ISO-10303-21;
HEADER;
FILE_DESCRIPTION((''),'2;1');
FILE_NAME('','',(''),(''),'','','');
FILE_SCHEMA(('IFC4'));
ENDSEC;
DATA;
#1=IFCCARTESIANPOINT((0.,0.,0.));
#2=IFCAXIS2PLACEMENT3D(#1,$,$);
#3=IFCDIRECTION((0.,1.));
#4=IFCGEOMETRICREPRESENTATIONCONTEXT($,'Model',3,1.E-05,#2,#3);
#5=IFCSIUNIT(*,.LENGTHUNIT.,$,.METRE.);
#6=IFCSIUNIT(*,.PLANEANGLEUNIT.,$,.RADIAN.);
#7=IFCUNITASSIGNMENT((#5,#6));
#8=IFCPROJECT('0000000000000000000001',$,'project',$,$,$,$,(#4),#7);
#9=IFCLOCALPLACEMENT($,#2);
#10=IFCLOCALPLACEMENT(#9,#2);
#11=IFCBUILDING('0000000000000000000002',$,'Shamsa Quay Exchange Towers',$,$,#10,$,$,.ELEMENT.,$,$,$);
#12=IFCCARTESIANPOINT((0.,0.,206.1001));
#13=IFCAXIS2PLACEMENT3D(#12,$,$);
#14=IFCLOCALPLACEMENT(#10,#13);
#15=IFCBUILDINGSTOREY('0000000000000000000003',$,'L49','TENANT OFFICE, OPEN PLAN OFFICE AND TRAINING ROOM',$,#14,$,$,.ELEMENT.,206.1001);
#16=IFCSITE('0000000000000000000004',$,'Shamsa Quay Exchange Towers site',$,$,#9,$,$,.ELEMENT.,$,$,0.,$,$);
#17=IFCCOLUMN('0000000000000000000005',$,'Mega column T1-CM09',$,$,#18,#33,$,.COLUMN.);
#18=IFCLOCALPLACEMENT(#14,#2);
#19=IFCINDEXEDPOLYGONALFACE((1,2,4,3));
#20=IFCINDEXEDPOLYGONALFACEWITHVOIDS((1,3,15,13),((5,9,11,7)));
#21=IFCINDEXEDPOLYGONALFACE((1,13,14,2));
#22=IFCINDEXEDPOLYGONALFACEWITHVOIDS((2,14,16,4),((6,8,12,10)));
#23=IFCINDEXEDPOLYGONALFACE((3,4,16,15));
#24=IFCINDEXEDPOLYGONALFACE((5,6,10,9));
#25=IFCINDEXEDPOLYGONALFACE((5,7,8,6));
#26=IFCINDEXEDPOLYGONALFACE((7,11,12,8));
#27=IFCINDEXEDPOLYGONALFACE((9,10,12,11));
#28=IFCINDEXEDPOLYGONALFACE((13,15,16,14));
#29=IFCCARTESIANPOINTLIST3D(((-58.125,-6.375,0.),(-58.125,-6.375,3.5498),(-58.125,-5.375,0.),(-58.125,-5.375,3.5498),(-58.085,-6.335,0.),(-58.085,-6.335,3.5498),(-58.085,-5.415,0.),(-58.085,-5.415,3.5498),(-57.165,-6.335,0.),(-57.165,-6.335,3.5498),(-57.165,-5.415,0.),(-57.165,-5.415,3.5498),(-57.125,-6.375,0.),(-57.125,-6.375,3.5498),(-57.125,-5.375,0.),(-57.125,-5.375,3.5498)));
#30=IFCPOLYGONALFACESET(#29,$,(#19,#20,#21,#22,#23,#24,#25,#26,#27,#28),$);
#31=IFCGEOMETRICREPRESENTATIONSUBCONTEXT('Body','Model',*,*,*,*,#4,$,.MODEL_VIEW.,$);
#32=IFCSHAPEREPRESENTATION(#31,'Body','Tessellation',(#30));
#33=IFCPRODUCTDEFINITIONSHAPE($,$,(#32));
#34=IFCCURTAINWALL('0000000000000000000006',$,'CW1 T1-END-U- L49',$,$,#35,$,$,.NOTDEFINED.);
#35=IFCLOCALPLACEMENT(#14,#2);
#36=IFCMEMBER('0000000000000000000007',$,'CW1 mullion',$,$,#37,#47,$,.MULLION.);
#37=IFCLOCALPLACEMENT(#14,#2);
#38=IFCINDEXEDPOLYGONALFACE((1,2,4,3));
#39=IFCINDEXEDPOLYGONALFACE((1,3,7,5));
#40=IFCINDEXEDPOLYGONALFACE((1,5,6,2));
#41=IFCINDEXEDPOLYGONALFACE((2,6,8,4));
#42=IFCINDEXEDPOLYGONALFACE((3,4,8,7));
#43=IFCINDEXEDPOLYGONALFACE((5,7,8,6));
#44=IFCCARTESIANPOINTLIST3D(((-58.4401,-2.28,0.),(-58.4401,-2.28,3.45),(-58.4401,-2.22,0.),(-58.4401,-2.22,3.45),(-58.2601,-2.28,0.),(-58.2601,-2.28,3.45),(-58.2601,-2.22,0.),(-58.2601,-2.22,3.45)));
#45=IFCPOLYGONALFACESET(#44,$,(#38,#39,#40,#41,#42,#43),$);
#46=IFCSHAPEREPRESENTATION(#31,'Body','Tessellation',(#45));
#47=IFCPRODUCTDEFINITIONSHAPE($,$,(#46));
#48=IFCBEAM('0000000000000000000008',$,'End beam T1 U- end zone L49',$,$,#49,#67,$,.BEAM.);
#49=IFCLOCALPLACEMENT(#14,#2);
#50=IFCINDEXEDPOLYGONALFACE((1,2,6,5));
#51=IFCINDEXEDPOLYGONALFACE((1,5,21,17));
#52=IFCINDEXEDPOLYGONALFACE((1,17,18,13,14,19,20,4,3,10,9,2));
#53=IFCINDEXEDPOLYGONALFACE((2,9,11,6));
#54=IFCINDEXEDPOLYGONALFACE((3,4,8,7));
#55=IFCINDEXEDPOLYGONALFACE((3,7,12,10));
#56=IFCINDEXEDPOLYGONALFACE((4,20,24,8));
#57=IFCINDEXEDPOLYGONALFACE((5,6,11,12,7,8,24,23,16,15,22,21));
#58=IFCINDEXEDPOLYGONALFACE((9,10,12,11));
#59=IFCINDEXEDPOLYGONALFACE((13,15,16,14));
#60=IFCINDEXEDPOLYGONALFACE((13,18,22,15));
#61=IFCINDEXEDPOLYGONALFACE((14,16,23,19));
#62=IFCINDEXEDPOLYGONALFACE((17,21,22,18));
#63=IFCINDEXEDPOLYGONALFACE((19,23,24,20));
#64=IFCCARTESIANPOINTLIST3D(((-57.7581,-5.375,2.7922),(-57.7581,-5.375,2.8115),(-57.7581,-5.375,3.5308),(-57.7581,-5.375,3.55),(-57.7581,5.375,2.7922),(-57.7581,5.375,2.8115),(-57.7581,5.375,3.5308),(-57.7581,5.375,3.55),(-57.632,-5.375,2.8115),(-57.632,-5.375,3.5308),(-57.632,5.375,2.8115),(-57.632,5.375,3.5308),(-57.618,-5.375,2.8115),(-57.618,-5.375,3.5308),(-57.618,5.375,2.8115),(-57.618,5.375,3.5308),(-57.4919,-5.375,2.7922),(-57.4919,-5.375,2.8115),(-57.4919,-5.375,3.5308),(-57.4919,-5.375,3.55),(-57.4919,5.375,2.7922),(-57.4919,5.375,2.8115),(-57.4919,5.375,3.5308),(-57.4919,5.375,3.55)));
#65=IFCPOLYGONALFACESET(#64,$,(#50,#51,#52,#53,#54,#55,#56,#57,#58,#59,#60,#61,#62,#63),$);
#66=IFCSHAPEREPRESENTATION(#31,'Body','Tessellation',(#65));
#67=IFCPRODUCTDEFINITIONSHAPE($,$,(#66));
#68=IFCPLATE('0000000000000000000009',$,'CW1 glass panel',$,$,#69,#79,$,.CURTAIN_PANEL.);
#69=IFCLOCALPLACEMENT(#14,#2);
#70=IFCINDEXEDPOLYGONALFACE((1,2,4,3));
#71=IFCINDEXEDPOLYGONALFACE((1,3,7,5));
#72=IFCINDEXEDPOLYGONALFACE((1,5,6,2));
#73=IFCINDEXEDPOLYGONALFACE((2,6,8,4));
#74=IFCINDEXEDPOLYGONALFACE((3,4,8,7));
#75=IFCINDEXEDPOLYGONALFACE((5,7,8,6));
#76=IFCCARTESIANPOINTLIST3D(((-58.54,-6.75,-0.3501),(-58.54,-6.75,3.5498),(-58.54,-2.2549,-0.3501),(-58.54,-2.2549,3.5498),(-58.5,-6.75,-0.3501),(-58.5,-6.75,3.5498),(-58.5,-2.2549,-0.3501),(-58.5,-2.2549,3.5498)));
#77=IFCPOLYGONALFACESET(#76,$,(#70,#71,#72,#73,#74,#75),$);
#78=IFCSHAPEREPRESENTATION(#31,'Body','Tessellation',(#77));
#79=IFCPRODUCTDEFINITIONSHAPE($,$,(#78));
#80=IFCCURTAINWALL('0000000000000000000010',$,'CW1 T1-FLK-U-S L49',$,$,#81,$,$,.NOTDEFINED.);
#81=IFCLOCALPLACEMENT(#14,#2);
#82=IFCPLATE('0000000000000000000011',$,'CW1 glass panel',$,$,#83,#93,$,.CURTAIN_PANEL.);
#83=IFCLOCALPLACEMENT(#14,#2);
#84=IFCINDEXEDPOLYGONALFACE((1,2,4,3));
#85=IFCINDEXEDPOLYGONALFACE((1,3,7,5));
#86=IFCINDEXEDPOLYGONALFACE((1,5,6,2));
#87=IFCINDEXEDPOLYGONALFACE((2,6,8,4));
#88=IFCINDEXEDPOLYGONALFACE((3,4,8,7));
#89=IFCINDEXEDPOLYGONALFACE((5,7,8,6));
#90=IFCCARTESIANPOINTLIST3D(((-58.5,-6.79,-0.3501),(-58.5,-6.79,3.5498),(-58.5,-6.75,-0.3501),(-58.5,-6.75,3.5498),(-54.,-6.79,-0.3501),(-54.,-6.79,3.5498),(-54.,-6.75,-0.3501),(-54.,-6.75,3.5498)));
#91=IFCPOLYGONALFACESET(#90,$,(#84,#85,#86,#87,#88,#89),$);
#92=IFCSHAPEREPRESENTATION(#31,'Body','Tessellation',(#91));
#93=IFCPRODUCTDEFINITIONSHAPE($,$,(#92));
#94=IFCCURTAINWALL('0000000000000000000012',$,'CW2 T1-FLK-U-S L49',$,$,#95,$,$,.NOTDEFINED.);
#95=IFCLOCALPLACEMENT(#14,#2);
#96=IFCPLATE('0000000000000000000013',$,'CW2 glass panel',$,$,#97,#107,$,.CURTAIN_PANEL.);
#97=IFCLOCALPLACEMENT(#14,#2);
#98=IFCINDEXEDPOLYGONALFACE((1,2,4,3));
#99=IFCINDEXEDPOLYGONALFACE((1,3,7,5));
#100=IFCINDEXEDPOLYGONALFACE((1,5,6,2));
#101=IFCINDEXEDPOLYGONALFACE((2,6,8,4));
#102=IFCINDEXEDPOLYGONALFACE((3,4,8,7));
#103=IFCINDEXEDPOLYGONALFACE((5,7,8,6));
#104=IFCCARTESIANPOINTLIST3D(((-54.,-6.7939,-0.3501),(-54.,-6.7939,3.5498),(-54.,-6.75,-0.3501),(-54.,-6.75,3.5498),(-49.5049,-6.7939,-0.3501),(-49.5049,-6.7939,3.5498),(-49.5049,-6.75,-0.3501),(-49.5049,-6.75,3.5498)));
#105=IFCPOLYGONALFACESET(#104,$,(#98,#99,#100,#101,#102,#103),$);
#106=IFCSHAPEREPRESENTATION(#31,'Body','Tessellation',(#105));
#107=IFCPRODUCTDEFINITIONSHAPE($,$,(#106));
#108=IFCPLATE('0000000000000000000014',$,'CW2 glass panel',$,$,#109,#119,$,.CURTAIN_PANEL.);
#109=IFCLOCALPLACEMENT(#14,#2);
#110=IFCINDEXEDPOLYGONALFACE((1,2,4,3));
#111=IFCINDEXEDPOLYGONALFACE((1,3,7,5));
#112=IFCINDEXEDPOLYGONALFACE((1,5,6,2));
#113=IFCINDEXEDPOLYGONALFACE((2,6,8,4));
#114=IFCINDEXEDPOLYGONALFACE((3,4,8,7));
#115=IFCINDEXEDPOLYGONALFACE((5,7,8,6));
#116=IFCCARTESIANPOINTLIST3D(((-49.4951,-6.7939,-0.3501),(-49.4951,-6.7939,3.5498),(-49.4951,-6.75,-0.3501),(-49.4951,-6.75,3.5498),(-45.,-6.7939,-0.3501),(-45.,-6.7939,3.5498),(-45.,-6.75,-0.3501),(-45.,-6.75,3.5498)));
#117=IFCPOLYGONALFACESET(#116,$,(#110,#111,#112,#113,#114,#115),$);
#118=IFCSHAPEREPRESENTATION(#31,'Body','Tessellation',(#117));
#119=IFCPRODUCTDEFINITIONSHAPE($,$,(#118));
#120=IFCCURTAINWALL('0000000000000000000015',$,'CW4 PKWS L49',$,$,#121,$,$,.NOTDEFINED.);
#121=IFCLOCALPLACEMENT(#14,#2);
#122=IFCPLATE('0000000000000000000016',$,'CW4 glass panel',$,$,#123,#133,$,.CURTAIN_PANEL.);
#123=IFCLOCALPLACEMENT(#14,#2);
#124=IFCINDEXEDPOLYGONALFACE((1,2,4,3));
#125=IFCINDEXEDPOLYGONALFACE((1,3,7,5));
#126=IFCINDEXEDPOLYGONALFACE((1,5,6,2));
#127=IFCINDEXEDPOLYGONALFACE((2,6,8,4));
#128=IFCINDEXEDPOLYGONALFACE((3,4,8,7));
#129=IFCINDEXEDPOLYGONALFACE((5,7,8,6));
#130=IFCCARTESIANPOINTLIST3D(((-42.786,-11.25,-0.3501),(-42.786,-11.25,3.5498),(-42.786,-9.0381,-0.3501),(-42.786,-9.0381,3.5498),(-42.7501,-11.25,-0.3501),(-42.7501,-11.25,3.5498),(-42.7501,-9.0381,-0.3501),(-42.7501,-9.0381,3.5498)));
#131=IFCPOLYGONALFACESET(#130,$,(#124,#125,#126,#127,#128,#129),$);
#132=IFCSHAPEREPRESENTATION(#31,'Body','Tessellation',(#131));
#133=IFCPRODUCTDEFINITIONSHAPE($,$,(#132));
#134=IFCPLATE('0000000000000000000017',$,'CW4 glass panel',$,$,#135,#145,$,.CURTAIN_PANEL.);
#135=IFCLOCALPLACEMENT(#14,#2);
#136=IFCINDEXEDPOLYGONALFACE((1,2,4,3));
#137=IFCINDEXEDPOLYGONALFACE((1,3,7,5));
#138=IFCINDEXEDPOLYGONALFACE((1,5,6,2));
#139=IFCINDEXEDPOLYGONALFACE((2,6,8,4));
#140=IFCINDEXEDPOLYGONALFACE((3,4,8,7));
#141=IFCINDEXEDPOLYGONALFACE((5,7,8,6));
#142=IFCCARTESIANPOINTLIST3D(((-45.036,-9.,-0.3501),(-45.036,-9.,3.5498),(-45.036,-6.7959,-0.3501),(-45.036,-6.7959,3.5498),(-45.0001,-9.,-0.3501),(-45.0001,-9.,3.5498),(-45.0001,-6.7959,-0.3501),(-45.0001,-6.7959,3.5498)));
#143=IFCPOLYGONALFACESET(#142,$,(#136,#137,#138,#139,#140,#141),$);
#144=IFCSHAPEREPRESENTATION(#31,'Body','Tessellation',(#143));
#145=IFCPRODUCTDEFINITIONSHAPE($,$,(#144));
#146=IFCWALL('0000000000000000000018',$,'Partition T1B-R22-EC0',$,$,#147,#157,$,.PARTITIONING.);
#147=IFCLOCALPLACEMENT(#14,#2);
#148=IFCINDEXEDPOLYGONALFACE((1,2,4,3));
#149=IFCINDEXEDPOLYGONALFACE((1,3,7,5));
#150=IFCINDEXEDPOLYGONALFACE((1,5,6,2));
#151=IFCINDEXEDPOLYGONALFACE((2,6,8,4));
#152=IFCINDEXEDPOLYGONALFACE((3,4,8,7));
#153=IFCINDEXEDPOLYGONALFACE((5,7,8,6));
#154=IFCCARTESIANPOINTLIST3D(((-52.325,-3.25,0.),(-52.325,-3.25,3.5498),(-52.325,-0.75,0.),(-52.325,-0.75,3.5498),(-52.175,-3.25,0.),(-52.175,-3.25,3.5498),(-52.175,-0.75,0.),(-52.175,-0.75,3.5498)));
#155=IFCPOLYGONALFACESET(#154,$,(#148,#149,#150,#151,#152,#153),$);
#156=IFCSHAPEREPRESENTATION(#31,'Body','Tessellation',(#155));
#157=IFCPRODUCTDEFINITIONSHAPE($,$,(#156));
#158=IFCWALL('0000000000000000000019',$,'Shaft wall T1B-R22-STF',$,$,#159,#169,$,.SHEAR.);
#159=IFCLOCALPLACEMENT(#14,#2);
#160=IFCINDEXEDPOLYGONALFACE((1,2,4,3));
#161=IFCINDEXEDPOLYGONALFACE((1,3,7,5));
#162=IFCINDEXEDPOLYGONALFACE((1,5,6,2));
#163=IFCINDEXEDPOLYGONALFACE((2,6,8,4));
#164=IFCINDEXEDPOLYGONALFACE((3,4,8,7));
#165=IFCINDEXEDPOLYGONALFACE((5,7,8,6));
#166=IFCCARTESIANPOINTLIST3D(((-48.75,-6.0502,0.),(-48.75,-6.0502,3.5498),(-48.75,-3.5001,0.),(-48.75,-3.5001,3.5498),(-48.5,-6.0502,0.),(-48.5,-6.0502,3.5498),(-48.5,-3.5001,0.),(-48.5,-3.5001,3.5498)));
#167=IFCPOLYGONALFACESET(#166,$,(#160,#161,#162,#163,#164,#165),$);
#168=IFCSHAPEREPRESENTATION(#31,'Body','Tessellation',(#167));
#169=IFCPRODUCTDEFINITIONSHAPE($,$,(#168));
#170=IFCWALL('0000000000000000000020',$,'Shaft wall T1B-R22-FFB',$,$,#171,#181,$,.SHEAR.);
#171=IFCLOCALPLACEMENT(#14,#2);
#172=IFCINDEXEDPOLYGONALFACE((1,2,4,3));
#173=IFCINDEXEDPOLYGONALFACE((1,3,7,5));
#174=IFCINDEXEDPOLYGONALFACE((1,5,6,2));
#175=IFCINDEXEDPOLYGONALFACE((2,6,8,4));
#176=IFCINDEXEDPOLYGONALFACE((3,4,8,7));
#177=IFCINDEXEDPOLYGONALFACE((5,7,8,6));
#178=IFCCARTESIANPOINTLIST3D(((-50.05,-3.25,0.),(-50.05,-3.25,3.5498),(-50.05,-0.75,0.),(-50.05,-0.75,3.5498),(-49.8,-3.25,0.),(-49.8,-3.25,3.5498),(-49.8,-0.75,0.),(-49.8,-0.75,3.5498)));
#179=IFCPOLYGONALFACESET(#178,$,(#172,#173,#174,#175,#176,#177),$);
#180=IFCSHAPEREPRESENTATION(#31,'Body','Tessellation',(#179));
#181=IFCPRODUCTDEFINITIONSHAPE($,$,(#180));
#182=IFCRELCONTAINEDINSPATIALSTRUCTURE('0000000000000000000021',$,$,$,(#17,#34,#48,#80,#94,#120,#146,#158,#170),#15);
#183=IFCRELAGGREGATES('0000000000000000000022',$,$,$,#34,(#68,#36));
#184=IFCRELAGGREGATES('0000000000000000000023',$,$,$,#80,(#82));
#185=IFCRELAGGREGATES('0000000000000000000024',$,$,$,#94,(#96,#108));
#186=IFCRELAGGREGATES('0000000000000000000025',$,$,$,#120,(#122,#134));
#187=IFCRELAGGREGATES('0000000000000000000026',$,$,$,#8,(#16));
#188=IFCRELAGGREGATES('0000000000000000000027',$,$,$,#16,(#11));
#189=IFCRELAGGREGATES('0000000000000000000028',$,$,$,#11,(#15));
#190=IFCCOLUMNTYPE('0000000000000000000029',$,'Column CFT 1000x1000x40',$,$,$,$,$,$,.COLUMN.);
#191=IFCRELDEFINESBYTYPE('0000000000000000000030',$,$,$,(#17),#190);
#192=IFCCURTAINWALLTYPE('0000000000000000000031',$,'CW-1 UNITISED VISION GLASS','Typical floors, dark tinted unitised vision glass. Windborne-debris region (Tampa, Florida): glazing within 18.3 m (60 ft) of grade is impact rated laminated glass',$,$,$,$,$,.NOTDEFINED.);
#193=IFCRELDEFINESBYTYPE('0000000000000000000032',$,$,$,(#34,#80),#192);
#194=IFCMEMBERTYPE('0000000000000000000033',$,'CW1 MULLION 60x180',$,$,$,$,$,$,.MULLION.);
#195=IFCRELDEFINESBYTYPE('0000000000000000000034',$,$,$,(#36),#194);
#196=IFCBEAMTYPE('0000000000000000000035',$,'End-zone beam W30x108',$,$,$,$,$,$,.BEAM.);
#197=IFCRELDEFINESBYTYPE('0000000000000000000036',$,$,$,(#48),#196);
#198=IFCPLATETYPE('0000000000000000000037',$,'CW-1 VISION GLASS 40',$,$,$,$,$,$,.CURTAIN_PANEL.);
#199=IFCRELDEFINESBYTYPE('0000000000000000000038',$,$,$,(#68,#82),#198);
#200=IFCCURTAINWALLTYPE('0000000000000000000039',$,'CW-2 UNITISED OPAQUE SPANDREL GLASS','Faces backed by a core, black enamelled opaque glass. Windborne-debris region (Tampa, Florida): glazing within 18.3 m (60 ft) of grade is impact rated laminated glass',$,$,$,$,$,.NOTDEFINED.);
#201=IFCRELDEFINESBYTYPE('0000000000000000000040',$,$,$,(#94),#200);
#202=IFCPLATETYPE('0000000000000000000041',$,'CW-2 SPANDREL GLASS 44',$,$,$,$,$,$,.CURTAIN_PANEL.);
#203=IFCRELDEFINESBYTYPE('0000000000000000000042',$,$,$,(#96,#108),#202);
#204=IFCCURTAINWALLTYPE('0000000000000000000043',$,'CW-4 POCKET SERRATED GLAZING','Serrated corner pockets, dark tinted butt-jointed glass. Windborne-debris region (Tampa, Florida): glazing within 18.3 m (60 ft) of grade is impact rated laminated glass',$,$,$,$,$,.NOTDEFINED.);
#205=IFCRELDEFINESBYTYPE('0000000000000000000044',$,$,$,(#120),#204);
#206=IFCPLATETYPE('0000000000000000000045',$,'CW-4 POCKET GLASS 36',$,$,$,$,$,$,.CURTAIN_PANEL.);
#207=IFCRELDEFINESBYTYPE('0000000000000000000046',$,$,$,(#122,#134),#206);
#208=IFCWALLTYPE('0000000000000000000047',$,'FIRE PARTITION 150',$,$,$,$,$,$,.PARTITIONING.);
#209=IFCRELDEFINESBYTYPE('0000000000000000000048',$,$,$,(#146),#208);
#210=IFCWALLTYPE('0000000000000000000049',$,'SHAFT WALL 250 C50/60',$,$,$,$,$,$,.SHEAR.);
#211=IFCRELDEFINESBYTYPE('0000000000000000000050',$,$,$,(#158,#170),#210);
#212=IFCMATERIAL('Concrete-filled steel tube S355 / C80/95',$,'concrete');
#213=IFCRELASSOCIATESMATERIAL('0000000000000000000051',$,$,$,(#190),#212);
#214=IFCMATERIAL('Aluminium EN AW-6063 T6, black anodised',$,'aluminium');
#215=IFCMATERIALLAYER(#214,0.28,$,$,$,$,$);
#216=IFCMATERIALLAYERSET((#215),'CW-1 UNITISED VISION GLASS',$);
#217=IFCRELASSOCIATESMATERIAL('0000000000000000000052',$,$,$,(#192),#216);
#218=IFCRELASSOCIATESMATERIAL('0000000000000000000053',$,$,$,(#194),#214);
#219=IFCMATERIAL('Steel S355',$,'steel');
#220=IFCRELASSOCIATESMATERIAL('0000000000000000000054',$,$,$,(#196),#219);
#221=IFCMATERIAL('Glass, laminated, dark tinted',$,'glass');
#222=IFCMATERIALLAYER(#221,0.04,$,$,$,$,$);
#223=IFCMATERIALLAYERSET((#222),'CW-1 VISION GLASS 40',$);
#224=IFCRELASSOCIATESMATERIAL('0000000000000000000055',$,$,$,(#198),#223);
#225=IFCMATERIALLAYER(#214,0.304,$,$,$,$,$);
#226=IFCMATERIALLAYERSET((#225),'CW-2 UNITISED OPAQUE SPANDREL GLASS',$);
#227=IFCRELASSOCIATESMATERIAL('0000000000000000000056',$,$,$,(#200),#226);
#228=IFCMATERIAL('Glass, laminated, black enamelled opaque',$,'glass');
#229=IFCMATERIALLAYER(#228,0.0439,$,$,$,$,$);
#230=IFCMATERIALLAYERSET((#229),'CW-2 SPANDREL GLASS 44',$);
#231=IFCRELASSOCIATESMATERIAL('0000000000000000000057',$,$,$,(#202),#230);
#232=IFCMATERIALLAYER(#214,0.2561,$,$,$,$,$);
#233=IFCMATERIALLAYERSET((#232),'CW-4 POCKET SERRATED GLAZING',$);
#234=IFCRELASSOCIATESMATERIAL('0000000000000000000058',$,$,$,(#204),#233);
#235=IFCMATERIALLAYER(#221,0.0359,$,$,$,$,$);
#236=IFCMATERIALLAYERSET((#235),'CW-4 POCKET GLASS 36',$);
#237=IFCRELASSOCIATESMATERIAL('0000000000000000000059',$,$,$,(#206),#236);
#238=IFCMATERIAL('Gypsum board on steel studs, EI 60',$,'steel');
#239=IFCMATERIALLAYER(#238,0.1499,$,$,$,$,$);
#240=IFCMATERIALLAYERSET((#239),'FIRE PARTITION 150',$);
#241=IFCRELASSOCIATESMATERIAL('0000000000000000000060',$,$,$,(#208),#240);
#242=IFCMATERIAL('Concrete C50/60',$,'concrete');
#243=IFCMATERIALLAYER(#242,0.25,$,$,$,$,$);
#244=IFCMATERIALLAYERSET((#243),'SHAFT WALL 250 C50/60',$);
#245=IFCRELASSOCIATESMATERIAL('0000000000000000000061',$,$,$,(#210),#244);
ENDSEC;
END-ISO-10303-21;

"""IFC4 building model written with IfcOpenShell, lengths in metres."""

from ifc_helpers import new_model, si_unit, direction, frame, frame_2d, origin, origin_2d, place, context, subcontext, project, spatial, rectangle, hollow_rectangle, i_section, extrude, material, layer, layer_set, material_profile, profile_set, type_object, element, aggregate, save


model = new_model("IFC4")

# Units and contexts
model_context = context("Model", 3, precision=1e-05, world=origin(), true_north=direction((0.0, 1.0)))
body_context = subcontext(model_context, "Body", "Model", "MODEL_VIEW")
ifc_project = project(units=[si_unit("LENGTHUNIT", "METRE"), si_unit("PLANEANGLEUNIT", "RADIAN")], contexts=[model_context])

# Site, building, storey
site_placement = place(None, origin())
site = spatial("IfcSite", under=ifc_project, at=site_placement, Name="Shamsa Quay Exchange Towers site", CompositionType="ELEMENT", RefElevation=0.0)
building_placement = place(site_placement, origin())
building = spatial("IfcBuilding", under=site, at=building_placement, Name="Shamsa Quay Exchange Towers", CompositionType="ELEMENT")
storey_placement = place(building_placement, frame((0.0, 0.0, 206.1001)))
storey = spatial("IfcBuildingStorey", under=building, at=storey_placement, Name="L49", Description="TENANT OFFICE, OPEN PLAN OFFICE AND TRAINING ROOM", CompositionType="ELEMENT", Elevation=206.1001)

# Column
ifc_material_1 = material(Name="Concrete-filled steel tube S355 / C80/95", Category="concrete")
ifc_material_profile_1 = material_profile(ifc_material_1, hollow_rectangle(XDim=1.0, YDim=1.0, WallThickness=0.04, at=origin_2d()), Name="CFT 1000x1000x40")
ifc_profile_set_1 = profile_set([ifc_material_profile_1], Name="Concrete-filled steel tube S355 / C80/95")
column_type = type_object("IfcColumnType", Name="Column CFT 1000x1000x40", PredefinedType="COLUMN", material=ifc_profile_set_1)
column_placement = place(storey_placement, frame((-57.625, -5.875, 0.0)))
element("IfcColumn", 1, at=column_placement, inside=storey, type_object=column_type, Name="Mega column T1-CM09", PredefinedType="COLUMN", context=body_context, shape_type="SweptSolid", body=[
    extrude(hollow_rectangle(XDim=1.0, YDim=1.0, WallThickness=0.04, at=origin_2d()), origin(), (0.0, 0.0, 1.0), 3.5498),
])

# Curtain wall, member
ifc_material_2 = material(Name="Aluminium EN AW-6063 T6, black anodised", Category="aluminium")
ifc_layer_1 = layer(ifc_material_2, 0.28)
ifc_layer_set_1 = layer_set([ifc_layer_1], Name="CW-1 UNITISED VISION GLASS")
curtain_wall_type_1 = type_object("IfcCurtainWallType", Name="CW-1 UNITISED VISION GLASS", Description="Typical floors, dark tinted unitised vision glass. Windborne-debris region (Tampa, Florida): glazing within 18.3 m (60 ft) of grade is impact rated laminated glass", PredefinedType="NOTDEFINED", material=ifc_layer_set_1)
curtain_wall_1_placement = place(storey_placement, origin())
curtain_wall_1 = element("IfcCurtainWall", 2, at=curtain_wall_1_placement, inside=storey, type_object=curtain_wall_type_1, Name="CW1 T1-END-U- L49", PredefinedType="NOTDEFINED")
ifc_material_profile_2 = material_profile(ifc_material_2, rectangle(XDim=0.1799, YDim=0.0601, at=origin_2d()), Name="MU60x180")
ifc_profile_set_2 = profile_set([ifc_material_profile_2], Name="Aluminium EN AW-6063 T6, black anodised")
member_type = type_object("IfcMemberType", Name="CW1 MULLION 60x180", PredefinedType="MULLION", material=ifc_profile_set_2)
member_placement = place(storey_placement, frame((-58.3501, -2.25, 0.0)))
member = element("IfcMember", 3, at=member_placement, type_object=member_type, Name="CW1 mullion", PredefinedType="MULLION", context=body_context, shape_type="SweptSolid", body=[
    extrude(rectangle(XDim=0.1799, YDim=0.0601, at=origin_2d()), origin(), (0.0, 0.0, 1.0), 3.45),
])

# Beam
ifc_material_3 = material(Name="Steel S355", Category="steel")
ifc_material_profile_3 = material_profile(ifc_material_3, i_section(OverallWidth=0.2661, OverallDepth=0.7578, WebThickness=0.0139, FlangeThickness=0.0193, at=origin_2d()), Name="W30x108")
ifc_profile_set_3 = profile_set([ifc_material_profile_3], Name="Steel S355")
beam_type = type_object("IfcBeamType", Name="End-zone beam W30x108", PredefinedType="BEAM", material=ifc_profile_set_3)
beam_placement = place(storey_placement, frame((-57.625, -5.375, 3.1711), z_axis=(0.0, 1.0, 0.0), x_axis=(-1.0, 0.0, 0.0)))
element("IfcBeam", 4, at=beam_placement, inside=storey, type_object=beam_type, Name="End beam T1 U- end zone L49", PredefinedType="BEAM", context=body_context, shape_type="SweptSolid", body=[
    extrude(i_section(OverallWidth=0.2661, OverallDepth=0.7578, WebThickness=0.0139, FlangeThickness=0.0193, at=origin_2d()), origin(), (0.0, 0.0, 1.0), 10.75),
])

# Plate
ifc_material_4 = material(Name="Glass, laminated, dark tinted", Category="glass")
ifc_layer_2 = layer(ifc_material_4, 0.04)
ifc_layer_set_2 = layer_set([ifc_layer_2], Name="CW-1 VISION GLASS 40")
plate_type_1 = type_object("IfcPlateType", Name="CW-1 VISION GLASS 40", PredefinedType="CURTAIN_PANEL", material=ifc_layer_set_2)
plate_1_placement = place(storey_placement, frame((-58.52, -4.5024, -0.3501), z_axis=(0.0, 0.0, 1.0), x_axis=(0.0, -1.0, 0.0)))
plate_1 = element("IfcPlate", 5, at=plate_1_placement, type_object=plate_type_1, Name="CW1 glass panel", PredefinedType="CURTAIN_PANEL", context=body_context, shape_type="SweptSolid", body=[
    extrude(rectangle(XDim=4.4951, YDim=0.04, at=origin_2d()), origin(), (0.0, 0.0, 1.0), 3.8999),
])
aggregate(curtain_wall_1, [plate_1, member])

# Curtain wall, plate
curtain_wall_2_placement = place(storey_placement, origin())
curtain_wall_2 = element("IfcCurtainWall", 6, at=curtain_wall_2_placement, inside=storey, type_object=curtain_wall_type_1, Name="CW1 T1-FLK-U-S L49", PredefinedType="NOTDEFINED")
plate_2_placement = place(storey_placement, frame((-56.25, -6.77, -0.3501)))
plate_2 = element("IfcPlate", 7, at=plate_2_placement, type_object=plate_type_1, Name="CW1 glass panel", PredefinedType="CURTAIN_PANEL", context=body_context, shape_type="SweptSolid", body=[
    extrude(rectangle(XDim=4.5, YDim=0.04, at=origin_2d()), origin(), (0.0, 0.0, 1.0), 3.8999),
])
aggregate(curtain_wall_2, [plate_2])

# Curtain walls, plates
ifc_layer_3 = layer(ifc_material_2, 0.304)
ifc_layer_set_3 = layer_set([ifc_layer_3], Name="CW-2 UNITISED OPAQUE SPANDREL GLASS")
curtain_wall_type_2 = type_object("IfcCurtainWallType", Name="CW-2 UNITISED OPAQUE SPANDREL GLASS", Description="Faces backed by a core, black enamelled opaque glass. Windborne-debris region (Tampa, Florida): glazing within 18.3 m (60 ft) of grade is impact rated laminated glass", PredefinedType="NOTDEFINED", material=ifc_layer_set_3)
curtain_wall_3_placement = place(storey_placement, origin())
curtain_wall_3 = element("IfcCurtainWall", 8, at=curtain_wall_3_placement, inside=storey, type_object=curtain_wall_type_2, Name="CW2 T1-FLK-U-S L49", PredefinedType="NOTDEFINED")
ifc_material_5 = material(Name="Glass, laminated, black enamelled opaque", Category="glass")
ifc_layer_4 = layer(ifc_material_5, 0.0439)
ifc_layer_set_4 = layer_set([ifc_layer_4], Name="CW-2 SPANDREL GLASS 44")
plate_type_2 = type_object("IfcPlateType", Name="CW-2 SPANDREL GLASS 44", PredefinedType="CURTAIN_PANEL", material=ifc_layer_set_4)
plate_3_placement = place(storey_placement, frame((-51.7524, -6.772, -0.3501)))
plate_3 = element("IfcPlate", 9, at=plate_3_placement, type_object=plate_type_2, Name="CW2 glass panel", PredefinedType="CURTAIN_PANEL", context=body_context, shape_type="SweptSolid", body=[
    extrude(rectangle(XDim=4.4951, YDim=0.0439, at=origin_2d()), origin(), (0.0, 0.0, 1.0), 3.8999),
])
plate_4_placement = place(storey_placement, frame((-47.2476, -6.772, -0.3501)))
plate_4 = element("IfcPlate", 10, at=plate_4_placement, type_object=plate_type_2, Name="CW2 glass panel", PredefinedType="CURTAIN_PANEL", context=body_context, shape_type="SweptSolid", body=[
    extrude(rectangle(XDim=4.4951, YDim=0.0439, at=origin_2d()), origin(), (0.0, 0.0, 1.0), 3.8999),
])
aggregate(curtain_wall_3, [plate_3, plate_4])
ifc_layer_5 = layer(ifc_material_2, 0.2561)
ifc_layer_set_5 = layer_set([ifc_layer_5], Name="CW-4 POCKET SERRATED GLAZING")
curtain_wall_type_3 = type_object("IfcCurtainWallType", Name="CW-4 POCKET SERRATED GLAZING", Description="Serrated corner pockets, dark tinted butt-jointed glass. Windborne-debris region (Tampa, Florida): glazing within 18.3 m (60 ft) of grade is impact rated laminated glass", PredefinedType="NOTDEFINED", material=ifc_layer_set_5)
curtain_wall_4_placement = place(storey_placement, origin())
curtain_wall_4 = element("IfcCurtainWall", 11, at=curtain_wall_4_placement, inside=storey, type_object=curtain_wall_type_3, Name="CW4 PKWS L49", PredefinedType="NOTDEFINED")
ifc_layer_6 = layer(ifc_material_4, 0.0359)
ifc_layer_set_6 = layer_set([ifc_layer_6], Name="CW-4 POCKET GLASS 36")
plate_type_3 = type_object("IfcPlateType", Name="CW-4 POCKET GLASS 36", PredefinedType="CURTAIN_PANEL", material=ifc_layer_set_6)
plate_5_placement = place(storey_placement, frame((-42.7681, -10.144, -0.3501), z_axis=(0.0, 0.0, 1.0), x_axis=(0.0, -1.0, 0.0)))
plate_5 = element("IfcPlate", 12, at=plate_5_placement, type_object=plate_type_3, Name="CW4 glass panel", PredefinedType="CURTAIN_PANEL", context=body_context, shape_type="SweptSolid", body=[
    extrude(rectangle(XDim=2.2119, YDim=0.0359, at=origin_2d()), origin(), (0.0, 0.0, 1.0), 3.8999),
])
plate_6_placement = place(storey_placement, frame((-45.0181, -7.8979, -0.3501), z_axis=(0.0, 0.0, 1.0), x_axis=(0.0, -1.0, 0.0)))
plate_6 = element("IfcPlate", 13, at=plate_6_placement, type_object=plate_type_3, Name="CW4 glass panel", PredefinedType="CURTAIN_PANEL", context=body_context, shape_type="SweptSolid", body=[
    extrude(rectangle(XDim=2.2041, YDim=0.0359, at=origin_2d()), origin(), (0.0, 0.0, 1.0), 3.8999),
])
aggregate(curtain_wall_4, [plate_5, plate_6])

# Walls
ifc_material_6 = material(Name="Gypsum board on steel studs, EI 60", Category="steel")
ifc_layer_7 = layer(ifc_material_6, 0.1499)
ifc_layer_set_7 = layer_set([ifc_layer_7], Name="FIRE PARTITION 150")
wall_type_1 = type_object("IfcWallType", Name="FIRE PARTITION 150", PredefinedType="PARTITIONING", material=ifc_layer_set_7)
wall_1_placement = place(storey_placement, frame((-52.25, -3.25, 0.0), z_axis=(0.0, 0.0, 1.0), x_axis=(0.0, 1.0, 0.0)))
element("IfcWall", 14, at=wall_1_placement, inside=storey, type_object=wall_type_1, Name="Partition T1B-R22-EC0", PredefinedType="PARTITIONING", context=body_context, shape_type="SweptSolid", body=[
    extrude(rectangle(XDim=2.5, YDim=0.1499, at=frame_2d((1.25, 0.0))), origin(), (0.0, 0.0, 1.0), 3.5498),
])
ifc_material_7 = material(Name="Concrete C50/60", Category="concrete")
ifc_layer_8 = layer(ifc_material_7, 0.25)
ifc_layer_set_8 = layer_set([ifc_layer_8], Name="SHAFT WALL 250 C50/60")
wall_type_2 = type_object("IfcWallType", Name="SHAFT WALL 250 C50/60", PredefinedType="SHEAR", material=ifc_layer_set_8)
wall_2_placement = place(storey_placement, frame((-48.625, -6.05, 0.0), z_axis=(0.0, 0.0, 1.0), x_axis=(0.0, 1.0, 0.0)))
element("IfcWall", 15, at=wall_2_placement, inside=storey, type_object=wall_type_2, Name="Shaft wall T1B-R22-STF", PredefinedType="SHEAR", context=body_context, shape_type="SweptSolid", body=[
    extrude(rectangle(XDim=2.55, YDim=0.25, at=frame_2d((1.2749, 0.0))), origin(), (0.0, 0.0, 1.0), 3.5498),
])

# Wall
wall_3_placement = place(storey_placement, frame((-49.925, -3.25, 0.0), z_axis=(0.0, 0.0, 1.0), x_axis=(0.0, 1.0, 0.0)))
element("IfcWall", 16, at=wall_3_placement, inside=storey, type_object=wall_type_2, Name="Shaft wall T1B-R22-FFB", PredefinedType="SHEAR", context=body_context, shape_type="SweptSolid", body=[
    extrude(rectangle(XDim=2.5, YDim=0.25, at=frame_2d((1.25, 0.0))), origin(), (0.0, 0.0, 1.0), 3.5498),
])

save(model, "model.ifc")
